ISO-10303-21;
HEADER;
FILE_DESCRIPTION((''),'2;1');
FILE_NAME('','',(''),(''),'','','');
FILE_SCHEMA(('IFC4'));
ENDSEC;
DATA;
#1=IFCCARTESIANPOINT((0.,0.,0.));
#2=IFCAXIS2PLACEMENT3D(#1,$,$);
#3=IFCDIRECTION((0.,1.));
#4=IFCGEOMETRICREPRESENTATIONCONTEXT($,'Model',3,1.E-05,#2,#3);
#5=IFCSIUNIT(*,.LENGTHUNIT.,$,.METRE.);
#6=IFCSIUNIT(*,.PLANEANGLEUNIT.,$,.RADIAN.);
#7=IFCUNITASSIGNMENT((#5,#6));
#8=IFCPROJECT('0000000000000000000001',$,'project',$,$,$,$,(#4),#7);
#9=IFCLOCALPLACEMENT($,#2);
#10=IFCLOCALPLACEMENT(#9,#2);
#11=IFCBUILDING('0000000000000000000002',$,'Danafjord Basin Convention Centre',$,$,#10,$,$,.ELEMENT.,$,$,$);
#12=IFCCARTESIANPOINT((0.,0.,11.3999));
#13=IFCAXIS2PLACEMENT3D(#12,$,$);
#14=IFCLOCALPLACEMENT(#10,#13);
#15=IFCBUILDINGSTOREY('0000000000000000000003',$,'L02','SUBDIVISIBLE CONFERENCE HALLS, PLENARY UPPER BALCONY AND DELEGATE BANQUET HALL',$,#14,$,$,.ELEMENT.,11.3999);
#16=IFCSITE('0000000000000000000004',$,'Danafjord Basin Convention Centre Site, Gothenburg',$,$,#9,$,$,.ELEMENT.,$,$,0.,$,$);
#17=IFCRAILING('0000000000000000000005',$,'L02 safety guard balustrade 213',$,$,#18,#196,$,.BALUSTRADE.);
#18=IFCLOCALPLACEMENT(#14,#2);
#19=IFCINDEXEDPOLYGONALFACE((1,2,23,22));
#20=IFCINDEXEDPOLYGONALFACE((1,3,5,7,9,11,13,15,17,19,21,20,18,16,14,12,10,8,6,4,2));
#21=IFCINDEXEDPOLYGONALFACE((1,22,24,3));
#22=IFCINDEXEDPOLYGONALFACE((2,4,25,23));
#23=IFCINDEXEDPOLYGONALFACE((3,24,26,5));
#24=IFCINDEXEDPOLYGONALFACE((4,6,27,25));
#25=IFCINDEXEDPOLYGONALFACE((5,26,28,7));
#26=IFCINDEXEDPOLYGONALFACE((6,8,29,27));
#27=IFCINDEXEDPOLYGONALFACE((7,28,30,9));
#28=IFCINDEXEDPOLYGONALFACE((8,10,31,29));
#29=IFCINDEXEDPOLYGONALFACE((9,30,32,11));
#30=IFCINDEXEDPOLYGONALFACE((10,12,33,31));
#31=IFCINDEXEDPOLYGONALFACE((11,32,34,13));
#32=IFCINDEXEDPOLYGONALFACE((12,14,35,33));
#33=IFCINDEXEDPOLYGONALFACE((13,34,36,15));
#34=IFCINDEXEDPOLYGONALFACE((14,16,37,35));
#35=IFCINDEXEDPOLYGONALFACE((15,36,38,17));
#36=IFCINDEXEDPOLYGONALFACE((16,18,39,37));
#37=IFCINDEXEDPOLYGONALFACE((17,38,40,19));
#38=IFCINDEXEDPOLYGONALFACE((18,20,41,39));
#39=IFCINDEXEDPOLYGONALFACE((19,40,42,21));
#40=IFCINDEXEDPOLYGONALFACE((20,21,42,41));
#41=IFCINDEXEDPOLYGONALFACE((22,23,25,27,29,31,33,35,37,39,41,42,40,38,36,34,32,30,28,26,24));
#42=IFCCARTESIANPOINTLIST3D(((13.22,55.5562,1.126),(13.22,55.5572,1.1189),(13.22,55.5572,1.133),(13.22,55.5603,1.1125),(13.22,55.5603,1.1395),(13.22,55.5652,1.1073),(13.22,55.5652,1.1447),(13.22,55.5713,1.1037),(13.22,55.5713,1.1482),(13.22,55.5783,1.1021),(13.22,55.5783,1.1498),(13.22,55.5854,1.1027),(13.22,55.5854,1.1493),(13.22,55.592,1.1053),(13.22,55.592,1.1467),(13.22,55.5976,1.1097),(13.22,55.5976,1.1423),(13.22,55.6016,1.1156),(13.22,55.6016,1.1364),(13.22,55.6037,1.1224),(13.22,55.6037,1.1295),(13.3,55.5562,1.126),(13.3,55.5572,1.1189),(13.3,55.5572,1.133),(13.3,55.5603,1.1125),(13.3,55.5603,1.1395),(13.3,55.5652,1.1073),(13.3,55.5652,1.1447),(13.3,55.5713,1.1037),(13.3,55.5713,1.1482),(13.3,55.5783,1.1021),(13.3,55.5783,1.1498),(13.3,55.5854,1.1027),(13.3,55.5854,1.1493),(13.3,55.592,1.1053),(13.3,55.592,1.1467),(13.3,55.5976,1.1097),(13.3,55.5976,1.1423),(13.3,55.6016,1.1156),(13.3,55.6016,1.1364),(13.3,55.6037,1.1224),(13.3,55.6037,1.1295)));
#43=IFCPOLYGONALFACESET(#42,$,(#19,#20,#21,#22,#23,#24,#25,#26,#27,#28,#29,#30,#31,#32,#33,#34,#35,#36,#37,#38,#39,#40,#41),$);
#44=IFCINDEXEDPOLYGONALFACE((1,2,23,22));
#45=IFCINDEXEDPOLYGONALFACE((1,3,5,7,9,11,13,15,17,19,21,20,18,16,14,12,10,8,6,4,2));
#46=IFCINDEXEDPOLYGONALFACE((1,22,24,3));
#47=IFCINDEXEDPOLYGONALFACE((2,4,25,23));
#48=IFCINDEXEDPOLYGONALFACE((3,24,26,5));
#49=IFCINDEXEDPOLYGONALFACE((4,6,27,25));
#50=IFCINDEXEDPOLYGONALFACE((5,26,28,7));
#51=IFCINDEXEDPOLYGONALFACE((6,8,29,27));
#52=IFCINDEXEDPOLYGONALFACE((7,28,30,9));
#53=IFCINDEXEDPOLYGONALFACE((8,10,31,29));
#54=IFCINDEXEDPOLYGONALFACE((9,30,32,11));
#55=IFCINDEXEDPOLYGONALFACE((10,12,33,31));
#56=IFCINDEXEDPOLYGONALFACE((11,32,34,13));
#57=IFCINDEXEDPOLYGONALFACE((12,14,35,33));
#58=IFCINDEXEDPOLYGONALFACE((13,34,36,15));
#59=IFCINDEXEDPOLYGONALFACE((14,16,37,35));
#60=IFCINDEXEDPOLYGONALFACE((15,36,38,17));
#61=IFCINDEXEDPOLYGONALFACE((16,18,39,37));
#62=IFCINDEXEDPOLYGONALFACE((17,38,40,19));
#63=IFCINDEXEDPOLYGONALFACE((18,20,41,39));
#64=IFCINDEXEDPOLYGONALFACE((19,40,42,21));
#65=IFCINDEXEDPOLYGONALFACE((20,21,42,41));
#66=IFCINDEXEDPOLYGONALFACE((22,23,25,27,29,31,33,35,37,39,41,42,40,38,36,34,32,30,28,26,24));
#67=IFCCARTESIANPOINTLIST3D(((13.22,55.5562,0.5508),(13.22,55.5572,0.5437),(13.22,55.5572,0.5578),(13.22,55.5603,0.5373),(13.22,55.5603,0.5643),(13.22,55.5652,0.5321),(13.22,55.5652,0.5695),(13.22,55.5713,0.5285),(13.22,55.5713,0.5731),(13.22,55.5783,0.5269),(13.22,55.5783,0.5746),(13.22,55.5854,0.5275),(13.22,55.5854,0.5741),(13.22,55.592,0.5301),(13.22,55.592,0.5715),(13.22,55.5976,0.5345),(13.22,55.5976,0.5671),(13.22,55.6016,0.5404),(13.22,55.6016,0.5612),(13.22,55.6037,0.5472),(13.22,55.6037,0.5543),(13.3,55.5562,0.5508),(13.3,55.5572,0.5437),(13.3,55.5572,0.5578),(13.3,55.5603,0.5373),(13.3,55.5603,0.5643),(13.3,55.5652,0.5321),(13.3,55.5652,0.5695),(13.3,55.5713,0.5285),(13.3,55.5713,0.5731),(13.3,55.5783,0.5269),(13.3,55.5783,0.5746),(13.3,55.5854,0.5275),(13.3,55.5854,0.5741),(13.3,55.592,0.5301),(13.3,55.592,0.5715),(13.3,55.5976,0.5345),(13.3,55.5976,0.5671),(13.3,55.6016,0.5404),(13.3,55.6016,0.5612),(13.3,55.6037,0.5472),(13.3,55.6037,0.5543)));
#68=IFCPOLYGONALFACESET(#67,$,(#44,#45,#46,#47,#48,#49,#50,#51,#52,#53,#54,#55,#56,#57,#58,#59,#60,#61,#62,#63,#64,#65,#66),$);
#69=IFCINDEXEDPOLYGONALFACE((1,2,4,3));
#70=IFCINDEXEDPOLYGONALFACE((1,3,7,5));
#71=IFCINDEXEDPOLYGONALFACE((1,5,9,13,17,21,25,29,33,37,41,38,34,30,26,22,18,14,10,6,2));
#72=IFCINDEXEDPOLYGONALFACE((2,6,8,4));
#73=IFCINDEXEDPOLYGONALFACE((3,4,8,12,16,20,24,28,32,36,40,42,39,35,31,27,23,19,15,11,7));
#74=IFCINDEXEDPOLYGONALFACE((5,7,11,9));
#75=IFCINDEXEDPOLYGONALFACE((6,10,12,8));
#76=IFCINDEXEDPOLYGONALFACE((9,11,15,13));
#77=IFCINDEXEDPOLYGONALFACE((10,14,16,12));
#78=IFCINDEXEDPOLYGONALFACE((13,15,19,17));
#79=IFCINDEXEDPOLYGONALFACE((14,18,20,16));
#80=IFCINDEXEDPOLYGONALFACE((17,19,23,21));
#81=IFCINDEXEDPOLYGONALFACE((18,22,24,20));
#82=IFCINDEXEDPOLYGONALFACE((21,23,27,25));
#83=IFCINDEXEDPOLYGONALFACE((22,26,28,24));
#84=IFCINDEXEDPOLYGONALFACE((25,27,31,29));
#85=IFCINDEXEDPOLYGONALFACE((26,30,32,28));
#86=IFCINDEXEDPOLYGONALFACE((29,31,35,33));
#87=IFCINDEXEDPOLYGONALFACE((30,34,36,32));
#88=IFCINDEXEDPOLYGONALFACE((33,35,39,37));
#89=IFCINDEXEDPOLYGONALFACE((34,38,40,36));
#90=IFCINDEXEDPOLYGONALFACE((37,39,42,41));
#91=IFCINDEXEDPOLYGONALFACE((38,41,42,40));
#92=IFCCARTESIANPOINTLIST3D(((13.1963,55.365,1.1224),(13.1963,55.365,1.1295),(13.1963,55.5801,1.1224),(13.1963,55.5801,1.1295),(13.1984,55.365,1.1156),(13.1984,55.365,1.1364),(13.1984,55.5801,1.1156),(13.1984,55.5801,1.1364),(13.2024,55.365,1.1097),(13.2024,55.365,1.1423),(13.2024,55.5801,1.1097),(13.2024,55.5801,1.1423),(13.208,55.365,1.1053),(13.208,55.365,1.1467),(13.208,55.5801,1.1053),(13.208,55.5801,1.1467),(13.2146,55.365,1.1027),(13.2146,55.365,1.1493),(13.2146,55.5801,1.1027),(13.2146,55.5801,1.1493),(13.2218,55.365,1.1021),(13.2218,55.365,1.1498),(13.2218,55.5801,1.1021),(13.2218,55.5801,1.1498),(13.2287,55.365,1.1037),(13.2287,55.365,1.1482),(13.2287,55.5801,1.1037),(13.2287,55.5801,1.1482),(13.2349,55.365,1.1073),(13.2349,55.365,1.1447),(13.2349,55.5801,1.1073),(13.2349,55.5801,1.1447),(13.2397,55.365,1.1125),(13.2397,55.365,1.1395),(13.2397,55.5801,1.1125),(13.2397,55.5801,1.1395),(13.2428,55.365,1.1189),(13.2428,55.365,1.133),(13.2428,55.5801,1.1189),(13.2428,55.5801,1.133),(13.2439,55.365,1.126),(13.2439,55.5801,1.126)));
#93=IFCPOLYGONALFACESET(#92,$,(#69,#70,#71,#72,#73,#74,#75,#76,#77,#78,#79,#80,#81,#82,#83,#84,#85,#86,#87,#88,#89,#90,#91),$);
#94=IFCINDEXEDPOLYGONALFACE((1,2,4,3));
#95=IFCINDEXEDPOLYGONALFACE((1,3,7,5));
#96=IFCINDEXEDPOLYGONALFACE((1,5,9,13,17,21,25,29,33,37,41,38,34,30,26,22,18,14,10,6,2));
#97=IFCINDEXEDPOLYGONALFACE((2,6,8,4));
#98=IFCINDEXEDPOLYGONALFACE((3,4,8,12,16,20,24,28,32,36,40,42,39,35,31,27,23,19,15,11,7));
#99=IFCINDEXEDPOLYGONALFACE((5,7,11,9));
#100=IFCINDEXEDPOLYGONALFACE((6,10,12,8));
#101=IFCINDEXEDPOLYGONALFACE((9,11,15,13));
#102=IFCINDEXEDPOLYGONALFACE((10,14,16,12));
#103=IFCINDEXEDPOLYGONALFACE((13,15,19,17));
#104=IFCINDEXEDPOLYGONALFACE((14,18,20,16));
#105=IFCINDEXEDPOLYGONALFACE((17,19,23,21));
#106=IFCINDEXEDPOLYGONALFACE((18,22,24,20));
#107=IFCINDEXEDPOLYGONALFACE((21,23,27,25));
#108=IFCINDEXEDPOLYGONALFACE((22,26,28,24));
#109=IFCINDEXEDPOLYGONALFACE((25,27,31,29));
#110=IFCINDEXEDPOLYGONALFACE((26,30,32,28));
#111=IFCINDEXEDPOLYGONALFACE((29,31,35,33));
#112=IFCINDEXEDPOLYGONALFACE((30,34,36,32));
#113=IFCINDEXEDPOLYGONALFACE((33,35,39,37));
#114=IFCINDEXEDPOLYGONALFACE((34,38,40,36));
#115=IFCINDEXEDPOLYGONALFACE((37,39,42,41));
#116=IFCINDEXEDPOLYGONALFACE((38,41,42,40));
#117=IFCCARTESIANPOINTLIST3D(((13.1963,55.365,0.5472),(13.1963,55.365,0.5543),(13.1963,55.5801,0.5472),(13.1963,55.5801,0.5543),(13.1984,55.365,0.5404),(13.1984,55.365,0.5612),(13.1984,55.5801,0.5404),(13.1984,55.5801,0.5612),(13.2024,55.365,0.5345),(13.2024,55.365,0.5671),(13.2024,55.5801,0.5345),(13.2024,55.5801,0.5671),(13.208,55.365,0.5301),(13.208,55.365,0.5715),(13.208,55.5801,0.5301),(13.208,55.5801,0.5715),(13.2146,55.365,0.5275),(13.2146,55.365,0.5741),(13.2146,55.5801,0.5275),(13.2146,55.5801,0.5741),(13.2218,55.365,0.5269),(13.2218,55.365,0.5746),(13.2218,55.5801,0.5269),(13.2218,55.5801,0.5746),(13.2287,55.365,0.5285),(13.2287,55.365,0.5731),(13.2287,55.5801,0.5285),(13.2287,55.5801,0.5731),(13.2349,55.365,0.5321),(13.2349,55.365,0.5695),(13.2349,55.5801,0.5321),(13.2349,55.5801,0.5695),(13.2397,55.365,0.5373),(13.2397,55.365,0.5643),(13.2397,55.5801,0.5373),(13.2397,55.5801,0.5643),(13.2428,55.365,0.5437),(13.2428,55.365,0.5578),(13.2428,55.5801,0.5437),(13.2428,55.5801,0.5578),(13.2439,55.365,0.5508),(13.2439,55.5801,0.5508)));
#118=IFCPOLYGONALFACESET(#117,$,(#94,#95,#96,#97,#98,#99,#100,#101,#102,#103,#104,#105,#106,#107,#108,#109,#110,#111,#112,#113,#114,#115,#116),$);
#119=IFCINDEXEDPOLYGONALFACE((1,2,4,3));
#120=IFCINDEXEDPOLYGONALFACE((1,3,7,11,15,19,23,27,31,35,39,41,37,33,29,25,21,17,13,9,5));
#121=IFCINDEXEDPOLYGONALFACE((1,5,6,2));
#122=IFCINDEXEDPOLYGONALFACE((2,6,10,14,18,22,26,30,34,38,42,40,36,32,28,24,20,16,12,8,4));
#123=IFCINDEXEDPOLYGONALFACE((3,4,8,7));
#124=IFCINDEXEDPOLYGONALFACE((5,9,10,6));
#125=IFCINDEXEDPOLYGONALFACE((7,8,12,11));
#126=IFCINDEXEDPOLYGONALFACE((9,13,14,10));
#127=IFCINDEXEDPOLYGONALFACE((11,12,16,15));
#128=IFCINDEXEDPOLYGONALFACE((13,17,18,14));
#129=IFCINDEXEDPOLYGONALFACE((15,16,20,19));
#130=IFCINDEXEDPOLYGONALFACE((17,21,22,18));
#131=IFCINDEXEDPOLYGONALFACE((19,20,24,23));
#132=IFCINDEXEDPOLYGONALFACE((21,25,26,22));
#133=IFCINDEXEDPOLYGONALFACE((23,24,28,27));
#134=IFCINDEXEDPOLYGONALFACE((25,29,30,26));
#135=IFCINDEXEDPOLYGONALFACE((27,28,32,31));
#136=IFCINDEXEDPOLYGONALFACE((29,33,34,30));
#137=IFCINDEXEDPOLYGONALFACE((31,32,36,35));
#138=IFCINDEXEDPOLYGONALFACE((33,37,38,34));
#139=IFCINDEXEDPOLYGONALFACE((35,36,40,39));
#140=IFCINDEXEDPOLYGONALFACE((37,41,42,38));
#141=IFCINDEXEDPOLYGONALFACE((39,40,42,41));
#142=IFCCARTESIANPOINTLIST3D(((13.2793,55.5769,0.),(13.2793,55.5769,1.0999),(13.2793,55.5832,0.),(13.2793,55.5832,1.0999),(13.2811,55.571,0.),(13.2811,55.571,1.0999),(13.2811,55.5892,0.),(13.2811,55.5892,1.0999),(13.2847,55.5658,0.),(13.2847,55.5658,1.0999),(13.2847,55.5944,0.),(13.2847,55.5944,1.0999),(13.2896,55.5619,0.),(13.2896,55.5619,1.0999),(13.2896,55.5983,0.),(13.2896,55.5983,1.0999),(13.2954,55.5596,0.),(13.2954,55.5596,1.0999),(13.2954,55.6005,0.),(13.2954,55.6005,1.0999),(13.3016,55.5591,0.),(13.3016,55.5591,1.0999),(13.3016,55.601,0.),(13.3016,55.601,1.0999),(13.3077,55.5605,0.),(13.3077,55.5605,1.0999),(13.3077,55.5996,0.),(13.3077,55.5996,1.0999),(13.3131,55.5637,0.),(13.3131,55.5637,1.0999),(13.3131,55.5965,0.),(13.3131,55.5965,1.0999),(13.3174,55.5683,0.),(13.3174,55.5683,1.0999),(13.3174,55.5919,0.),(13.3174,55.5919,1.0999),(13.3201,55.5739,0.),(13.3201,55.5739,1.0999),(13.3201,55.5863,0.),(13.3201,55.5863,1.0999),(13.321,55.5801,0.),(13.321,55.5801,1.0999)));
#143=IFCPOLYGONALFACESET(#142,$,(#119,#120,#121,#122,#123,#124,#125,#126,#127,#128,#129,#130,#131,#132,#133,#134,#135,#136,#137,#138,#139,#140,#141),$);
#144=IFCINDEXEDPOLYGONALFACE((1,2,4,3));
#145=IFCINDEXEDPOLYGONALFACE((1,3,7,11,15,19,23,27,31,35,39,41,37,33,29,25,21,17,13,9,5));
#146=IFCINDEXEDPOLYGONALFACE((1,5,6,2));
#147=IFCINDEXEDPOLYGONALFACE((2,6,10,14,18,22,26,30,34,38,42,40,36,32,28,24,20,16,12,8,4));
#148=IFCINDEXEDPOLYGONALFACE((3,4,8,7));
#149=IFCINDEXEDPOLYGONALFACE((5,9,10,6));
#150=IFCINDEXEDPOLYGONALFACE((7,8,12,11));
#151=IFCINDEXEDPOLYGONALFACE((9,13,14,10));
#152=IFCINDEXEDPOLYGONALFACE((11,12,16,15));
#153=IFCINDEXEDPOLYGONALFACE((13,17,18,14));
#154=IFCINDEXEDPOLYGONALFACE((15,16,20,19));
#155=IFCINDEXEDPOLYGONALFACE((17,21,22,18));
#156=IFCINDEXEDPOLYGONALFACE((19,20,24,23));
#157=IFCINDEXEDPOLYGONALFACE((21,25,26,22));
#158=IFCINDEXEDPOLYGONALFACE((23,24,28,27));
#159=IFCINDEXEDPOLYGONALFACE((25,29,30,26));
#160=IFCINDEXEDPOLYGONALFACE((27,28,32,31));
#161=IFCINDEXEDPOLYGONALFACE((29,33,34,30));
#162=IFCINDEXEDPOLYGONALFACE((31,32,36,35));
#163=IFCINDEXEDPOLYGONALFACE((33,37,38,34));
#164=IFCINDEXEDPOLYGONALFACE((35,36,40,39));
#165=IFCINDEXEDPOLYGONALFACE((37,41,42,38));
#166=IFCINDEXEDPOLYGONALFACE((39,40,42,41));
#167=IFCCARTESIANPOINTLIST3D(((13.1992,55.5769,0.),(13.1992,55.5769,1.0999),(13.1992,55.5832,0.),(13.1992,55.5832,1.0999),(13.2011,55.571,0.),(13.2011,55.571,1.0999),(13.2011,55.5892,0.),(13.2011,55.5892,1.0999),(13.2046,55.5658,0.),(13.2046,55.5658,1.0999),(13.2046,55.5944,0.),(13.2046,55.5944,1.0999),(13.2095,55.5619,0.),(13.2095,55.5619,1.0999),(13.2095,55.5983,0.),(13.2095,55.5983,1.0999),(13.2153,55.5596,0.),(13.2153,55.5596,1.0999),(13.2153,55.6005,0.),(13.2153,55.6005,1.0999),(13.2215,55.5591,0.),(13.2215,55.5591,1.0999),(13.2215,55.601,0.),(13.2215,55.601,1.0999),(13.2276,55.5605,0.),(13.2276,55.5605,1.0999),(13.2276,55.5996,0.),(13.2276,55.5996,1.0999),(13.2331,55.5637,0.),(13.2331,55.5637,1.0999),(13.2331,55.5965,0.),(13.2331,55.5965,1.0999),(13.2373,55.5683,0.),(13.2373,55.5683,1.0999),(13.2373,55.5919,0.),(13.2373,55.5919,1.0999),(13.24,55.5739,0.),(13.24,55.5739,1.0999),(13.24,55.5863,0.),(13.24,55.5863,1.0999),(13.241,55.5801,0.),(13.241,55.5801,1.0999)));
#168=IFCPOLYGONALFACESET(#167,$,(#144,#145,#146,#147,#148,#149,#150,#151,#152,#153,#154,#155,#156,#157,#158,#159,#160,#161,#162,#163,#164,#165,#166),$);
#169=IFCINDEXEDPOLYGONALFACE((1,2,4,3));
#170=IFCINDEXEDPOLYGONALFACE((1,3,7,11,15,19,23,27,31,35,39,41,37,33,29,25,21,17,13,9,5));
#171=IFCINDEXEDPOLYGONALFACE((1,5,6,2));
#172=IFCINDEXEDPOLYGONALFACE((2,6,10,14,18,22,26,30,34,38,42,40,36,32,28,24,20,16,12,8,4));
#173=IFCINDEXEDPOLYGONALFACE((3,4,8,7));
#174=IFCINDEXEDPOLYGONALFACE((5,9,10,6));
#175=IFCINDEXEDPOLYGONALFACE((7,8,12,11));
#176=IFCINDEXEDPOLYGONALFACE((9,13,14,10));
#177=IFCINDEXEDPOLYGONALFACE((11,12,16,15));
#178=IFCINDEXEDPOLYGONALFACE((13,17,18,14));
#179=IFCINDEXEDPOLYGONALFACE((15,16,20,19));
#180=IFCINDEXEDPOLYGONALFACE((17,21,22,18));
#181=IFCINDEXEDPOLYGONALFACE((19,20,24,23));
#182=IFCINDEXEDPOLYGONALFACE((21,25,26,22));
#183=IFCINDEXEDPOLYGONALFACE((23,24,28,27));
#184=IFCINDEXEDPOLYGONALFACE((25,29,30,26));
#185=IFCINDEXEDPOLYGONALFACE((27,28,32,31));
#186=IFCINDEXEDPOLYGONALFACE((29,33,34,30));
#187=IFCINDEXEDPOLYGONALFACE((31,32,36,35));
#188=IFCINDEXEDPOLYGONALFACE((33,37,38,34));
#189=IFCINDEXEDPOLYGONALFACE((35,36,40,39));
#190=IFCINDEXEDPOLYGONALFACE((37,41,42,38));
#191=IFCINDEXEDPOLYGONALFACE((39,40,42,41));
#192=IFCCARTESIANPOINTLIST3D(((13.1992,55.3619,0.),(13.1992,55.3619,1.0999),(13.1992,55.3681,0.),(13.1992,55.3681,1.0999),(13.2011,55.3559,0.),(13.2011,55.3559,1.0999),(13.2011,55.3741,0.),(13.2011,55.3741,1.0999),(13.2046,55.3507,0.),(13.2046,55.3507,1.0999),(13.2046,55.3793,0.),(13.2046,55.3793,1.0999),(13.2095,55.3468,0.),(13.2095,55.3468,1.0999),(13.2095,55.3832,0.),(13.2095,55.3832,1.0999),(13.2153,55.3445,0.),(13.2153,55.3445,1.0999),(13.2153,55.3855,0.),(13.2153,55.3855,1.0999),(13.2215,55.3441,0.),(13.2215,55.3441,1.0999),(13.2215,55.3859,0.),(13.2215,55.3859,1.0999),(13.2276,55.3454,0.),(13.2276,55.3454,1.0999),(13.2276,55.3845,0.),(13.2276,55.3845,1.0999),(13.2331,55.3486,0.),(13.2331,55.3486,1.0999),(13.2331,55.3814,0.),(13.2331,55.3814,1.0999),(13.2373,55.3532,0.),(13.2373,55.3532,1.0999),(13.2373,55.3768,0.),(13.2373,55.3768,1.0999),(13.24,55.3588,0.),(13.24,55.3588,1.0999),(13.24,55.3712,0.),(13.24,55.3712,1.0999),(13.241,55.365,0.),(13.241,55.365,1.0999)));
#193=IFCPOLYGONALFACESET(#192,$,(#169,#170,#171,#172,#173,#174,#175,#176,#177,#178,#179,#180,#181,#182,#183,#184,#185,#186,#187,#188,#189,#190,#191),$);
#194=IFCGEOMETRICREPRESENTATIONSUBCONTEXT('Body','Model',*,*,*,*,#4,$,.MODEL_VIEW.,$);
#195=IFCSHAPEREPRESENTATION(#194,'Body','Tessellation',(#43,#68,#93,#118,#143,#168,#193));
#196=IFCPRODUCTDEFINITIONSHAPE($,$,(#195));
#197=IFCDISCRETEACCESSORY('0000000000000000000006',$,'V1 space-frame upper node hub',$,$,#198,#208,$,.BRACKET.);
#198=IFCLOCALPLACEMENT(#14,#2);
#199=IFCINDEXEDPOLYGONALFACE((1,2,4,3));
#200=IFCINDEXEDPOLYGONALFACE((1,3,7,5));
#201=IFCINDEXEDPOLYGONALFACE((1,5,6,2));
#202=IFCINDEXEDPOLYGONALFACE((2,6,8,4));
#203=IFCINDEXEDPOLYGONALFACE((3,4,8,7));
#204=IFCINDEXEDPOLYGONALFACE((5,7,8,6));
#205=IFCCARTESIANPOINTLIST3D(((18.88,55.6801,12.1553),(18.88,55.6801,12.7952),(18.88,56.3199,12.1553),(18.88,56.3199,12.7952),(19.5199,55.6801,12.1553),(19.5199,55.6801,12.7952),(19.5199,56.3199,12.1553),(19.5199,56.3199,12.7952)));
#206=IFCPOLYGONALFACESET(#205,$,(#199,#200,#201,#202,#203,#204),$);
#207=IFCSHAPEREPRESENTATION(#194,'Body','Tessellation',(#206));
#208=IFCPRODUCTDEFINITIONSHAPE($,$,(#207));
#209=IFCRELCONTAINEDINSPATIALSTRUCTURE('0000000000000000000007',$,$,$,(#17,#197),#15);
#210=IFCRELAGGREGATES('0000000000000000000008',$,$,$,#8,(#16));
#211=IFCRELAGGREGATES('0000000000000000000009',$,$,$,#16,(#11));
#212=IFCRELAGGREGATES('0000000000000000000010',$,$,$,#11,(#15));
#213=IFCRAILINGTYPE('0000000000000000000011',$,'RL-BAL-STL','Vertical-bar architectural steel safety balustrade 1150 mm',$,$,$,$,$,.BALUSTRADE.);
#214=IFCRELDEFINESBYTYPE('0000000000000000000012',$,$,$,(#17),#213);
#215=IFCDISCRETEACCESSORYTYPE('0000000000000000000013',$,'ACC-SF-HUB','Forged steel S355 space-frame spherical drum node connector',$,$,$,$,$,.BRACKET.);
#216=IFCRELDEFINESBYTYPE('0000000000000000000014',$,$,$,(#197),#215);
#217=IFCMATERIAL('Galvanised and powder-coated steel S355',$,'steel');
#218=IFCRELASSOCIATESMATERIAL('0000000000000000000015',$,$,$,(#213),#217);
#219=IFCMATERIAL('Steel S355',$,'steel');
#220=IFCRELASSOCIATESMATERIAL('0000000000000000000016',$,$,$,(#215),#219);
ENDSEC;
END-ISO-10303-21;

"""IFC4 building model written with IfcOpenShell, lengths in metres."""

from ifc_helpers import new_model, si_unit, direction, frame, origin, origin_2d, place, context, subcontext, project, spatial, rectangle, circle, extrude, material, type_object, element, save


model = new_model("IFC4")

# Units and contexts
model_context = context("Model", 3, precision=1e-05, world=origin(), true_north=direction((0.0, 1.0)))
body_context = subcontext(model_context, "Body", "Model", "MODEL_VIEW")
ifc_project = project(units=[si_unit("LENGTHUNIT", "METRE"), si_unit("PLANEANGLEUNIT", "RADIAN")], contexts=[model_context])

# Site, building, storey
site_placement = place(None, origin())
site = spatial("IfcSite", under=ifc_project, at=site_placement, Name="Danafjord Basin Convention Centre Site, Gothenburg", CompositionType="ELEMENT", RefElevation=0.0)
building_placement = place(site_placement, origin())
building = spatial("IfcBuilding", under=site, at=building_placement, Name="Danafjord Basin Convention Centre", CompositionType="ELEMENT")
storey_placement = place(building_placement, frame((0.0, 0.0, 11.3999)))
storey = spatial("IfcBuildingStorey", under=building, at=storey_placement, Name="L02", Description="SUBDIVISIBLE CONFERENCE HALLS, PLENARY UPPER BALCONY AND DELEGATE BANQUET HALL", CompositionType="ELEMENT", Elevation=11.3999)

# Shared definitions
ifc_material_1 = material(Name="Steel S355", Category="steel")

# Railing
ifc_material_2 = material(Name="Galvanised and powder-coated steel S355", Category="steel")
railing_type = type_object("IfcRailingType", Name="RL-BAL-STL", Description="Vertical-bar architectural steel safety balustrade 1150 mm", PredefinedType="BALUSTRADE", material=ifc_material_2)
railing_placement = place(storey_placement, frame((13.3, 55.5801, 0.0)))
element("IfcRailing", 1, at=railing_placement, inside=storey, type_object=railing_type, Name="L02 safety guard balustrade 213", PredefinedType="BALUSTRADE", context=body_context, shape_type="SweptSolid", body=[
    extrude(circle(Radius=0.0239, at=origin_2d()), frame((0.0, 0.0, 1.126), z_axis=(-1.0, 0.0, 0.0), x_axis=(0.0, -1.0, 0.0)), (0.0, 0.0, 1.0), 0.0801),
    extrude(circle(Radius=0.0239, at=origin_2d()), frame((0.0, 0.0, 0.5508), z_axis=(-1.0, 0.0, 0.0), x_axis=(0.0, -1.0, 0.0)), (0.0, 0.0, 1.0), 0.0801),
    extrude(circle(Radius=0.0239, at=origin_2d()), frame((-0.0801, 0.0, 1.126), z_axis=(0.0, -1.0, 0.0), x_axis=(1.0, 0.0, 0.0)), (0.0, 0.0, 1.0), 0.2151),
    extrude(circle(Radius=0.0239, at=origin_2d()), frame((-0.0801, 0.0, 0.5508), z_axis=(0.0, -1.0, 0.0), x_axis=(1.0, 0.0, 0.0)), (0.0, 0.0, 1.0), 0.2151),
    extrude(circle(Radius=0.021, at=origin_2d()), origin(), (0.0, 0.0, 1.0), 1.0999),
    extrude(circle(Radius=0.021, at=origin_2d()), frame((-0.0801, 0.0, 0.0)), (0.0, 0.0, 1.0), 1.0999),
    extrude(circle(Radius=0.021, at=origin_2d()), frame((-0.0801, -0.2151, 0.0)), (0.0, 0.0, 1.0), 1.0999),
])

# Discrete accessory
discrete_accessory_type = type_object("IfcDiscreteAccessoryType", Name="ACC-SF-HUB", Description="Forged steel S355 space-frame spherical drum node connector", PredefinedType="BRACKET", material=ifc_material_1)
for number, where, z_axis, x_axis, name in (
    (2, (19.2, 56.0, 12.1553), (0.0, 0.0, 1.0), (1.0, 0.0, 0.0), "V1 space-frame upper node hub"),
):
    element("IfcDiscreteAccessory", number, at=place(storey_placement, frame(where, z_axis=z_axis, x_axis=x_axis)), inside=storey, type_object=discrete_accessory_type, Name=name, PredefinedType="BRACKET", context=body_context, shape_type="SweptSolid", body=[
        extrude(rectangle(XDim=0.6399, YDim=0.6399, at=origin_2d()), origin(), (0.0, 0.0, 1.0), 0.6399),
    ])

save(model, "model.ifc")
